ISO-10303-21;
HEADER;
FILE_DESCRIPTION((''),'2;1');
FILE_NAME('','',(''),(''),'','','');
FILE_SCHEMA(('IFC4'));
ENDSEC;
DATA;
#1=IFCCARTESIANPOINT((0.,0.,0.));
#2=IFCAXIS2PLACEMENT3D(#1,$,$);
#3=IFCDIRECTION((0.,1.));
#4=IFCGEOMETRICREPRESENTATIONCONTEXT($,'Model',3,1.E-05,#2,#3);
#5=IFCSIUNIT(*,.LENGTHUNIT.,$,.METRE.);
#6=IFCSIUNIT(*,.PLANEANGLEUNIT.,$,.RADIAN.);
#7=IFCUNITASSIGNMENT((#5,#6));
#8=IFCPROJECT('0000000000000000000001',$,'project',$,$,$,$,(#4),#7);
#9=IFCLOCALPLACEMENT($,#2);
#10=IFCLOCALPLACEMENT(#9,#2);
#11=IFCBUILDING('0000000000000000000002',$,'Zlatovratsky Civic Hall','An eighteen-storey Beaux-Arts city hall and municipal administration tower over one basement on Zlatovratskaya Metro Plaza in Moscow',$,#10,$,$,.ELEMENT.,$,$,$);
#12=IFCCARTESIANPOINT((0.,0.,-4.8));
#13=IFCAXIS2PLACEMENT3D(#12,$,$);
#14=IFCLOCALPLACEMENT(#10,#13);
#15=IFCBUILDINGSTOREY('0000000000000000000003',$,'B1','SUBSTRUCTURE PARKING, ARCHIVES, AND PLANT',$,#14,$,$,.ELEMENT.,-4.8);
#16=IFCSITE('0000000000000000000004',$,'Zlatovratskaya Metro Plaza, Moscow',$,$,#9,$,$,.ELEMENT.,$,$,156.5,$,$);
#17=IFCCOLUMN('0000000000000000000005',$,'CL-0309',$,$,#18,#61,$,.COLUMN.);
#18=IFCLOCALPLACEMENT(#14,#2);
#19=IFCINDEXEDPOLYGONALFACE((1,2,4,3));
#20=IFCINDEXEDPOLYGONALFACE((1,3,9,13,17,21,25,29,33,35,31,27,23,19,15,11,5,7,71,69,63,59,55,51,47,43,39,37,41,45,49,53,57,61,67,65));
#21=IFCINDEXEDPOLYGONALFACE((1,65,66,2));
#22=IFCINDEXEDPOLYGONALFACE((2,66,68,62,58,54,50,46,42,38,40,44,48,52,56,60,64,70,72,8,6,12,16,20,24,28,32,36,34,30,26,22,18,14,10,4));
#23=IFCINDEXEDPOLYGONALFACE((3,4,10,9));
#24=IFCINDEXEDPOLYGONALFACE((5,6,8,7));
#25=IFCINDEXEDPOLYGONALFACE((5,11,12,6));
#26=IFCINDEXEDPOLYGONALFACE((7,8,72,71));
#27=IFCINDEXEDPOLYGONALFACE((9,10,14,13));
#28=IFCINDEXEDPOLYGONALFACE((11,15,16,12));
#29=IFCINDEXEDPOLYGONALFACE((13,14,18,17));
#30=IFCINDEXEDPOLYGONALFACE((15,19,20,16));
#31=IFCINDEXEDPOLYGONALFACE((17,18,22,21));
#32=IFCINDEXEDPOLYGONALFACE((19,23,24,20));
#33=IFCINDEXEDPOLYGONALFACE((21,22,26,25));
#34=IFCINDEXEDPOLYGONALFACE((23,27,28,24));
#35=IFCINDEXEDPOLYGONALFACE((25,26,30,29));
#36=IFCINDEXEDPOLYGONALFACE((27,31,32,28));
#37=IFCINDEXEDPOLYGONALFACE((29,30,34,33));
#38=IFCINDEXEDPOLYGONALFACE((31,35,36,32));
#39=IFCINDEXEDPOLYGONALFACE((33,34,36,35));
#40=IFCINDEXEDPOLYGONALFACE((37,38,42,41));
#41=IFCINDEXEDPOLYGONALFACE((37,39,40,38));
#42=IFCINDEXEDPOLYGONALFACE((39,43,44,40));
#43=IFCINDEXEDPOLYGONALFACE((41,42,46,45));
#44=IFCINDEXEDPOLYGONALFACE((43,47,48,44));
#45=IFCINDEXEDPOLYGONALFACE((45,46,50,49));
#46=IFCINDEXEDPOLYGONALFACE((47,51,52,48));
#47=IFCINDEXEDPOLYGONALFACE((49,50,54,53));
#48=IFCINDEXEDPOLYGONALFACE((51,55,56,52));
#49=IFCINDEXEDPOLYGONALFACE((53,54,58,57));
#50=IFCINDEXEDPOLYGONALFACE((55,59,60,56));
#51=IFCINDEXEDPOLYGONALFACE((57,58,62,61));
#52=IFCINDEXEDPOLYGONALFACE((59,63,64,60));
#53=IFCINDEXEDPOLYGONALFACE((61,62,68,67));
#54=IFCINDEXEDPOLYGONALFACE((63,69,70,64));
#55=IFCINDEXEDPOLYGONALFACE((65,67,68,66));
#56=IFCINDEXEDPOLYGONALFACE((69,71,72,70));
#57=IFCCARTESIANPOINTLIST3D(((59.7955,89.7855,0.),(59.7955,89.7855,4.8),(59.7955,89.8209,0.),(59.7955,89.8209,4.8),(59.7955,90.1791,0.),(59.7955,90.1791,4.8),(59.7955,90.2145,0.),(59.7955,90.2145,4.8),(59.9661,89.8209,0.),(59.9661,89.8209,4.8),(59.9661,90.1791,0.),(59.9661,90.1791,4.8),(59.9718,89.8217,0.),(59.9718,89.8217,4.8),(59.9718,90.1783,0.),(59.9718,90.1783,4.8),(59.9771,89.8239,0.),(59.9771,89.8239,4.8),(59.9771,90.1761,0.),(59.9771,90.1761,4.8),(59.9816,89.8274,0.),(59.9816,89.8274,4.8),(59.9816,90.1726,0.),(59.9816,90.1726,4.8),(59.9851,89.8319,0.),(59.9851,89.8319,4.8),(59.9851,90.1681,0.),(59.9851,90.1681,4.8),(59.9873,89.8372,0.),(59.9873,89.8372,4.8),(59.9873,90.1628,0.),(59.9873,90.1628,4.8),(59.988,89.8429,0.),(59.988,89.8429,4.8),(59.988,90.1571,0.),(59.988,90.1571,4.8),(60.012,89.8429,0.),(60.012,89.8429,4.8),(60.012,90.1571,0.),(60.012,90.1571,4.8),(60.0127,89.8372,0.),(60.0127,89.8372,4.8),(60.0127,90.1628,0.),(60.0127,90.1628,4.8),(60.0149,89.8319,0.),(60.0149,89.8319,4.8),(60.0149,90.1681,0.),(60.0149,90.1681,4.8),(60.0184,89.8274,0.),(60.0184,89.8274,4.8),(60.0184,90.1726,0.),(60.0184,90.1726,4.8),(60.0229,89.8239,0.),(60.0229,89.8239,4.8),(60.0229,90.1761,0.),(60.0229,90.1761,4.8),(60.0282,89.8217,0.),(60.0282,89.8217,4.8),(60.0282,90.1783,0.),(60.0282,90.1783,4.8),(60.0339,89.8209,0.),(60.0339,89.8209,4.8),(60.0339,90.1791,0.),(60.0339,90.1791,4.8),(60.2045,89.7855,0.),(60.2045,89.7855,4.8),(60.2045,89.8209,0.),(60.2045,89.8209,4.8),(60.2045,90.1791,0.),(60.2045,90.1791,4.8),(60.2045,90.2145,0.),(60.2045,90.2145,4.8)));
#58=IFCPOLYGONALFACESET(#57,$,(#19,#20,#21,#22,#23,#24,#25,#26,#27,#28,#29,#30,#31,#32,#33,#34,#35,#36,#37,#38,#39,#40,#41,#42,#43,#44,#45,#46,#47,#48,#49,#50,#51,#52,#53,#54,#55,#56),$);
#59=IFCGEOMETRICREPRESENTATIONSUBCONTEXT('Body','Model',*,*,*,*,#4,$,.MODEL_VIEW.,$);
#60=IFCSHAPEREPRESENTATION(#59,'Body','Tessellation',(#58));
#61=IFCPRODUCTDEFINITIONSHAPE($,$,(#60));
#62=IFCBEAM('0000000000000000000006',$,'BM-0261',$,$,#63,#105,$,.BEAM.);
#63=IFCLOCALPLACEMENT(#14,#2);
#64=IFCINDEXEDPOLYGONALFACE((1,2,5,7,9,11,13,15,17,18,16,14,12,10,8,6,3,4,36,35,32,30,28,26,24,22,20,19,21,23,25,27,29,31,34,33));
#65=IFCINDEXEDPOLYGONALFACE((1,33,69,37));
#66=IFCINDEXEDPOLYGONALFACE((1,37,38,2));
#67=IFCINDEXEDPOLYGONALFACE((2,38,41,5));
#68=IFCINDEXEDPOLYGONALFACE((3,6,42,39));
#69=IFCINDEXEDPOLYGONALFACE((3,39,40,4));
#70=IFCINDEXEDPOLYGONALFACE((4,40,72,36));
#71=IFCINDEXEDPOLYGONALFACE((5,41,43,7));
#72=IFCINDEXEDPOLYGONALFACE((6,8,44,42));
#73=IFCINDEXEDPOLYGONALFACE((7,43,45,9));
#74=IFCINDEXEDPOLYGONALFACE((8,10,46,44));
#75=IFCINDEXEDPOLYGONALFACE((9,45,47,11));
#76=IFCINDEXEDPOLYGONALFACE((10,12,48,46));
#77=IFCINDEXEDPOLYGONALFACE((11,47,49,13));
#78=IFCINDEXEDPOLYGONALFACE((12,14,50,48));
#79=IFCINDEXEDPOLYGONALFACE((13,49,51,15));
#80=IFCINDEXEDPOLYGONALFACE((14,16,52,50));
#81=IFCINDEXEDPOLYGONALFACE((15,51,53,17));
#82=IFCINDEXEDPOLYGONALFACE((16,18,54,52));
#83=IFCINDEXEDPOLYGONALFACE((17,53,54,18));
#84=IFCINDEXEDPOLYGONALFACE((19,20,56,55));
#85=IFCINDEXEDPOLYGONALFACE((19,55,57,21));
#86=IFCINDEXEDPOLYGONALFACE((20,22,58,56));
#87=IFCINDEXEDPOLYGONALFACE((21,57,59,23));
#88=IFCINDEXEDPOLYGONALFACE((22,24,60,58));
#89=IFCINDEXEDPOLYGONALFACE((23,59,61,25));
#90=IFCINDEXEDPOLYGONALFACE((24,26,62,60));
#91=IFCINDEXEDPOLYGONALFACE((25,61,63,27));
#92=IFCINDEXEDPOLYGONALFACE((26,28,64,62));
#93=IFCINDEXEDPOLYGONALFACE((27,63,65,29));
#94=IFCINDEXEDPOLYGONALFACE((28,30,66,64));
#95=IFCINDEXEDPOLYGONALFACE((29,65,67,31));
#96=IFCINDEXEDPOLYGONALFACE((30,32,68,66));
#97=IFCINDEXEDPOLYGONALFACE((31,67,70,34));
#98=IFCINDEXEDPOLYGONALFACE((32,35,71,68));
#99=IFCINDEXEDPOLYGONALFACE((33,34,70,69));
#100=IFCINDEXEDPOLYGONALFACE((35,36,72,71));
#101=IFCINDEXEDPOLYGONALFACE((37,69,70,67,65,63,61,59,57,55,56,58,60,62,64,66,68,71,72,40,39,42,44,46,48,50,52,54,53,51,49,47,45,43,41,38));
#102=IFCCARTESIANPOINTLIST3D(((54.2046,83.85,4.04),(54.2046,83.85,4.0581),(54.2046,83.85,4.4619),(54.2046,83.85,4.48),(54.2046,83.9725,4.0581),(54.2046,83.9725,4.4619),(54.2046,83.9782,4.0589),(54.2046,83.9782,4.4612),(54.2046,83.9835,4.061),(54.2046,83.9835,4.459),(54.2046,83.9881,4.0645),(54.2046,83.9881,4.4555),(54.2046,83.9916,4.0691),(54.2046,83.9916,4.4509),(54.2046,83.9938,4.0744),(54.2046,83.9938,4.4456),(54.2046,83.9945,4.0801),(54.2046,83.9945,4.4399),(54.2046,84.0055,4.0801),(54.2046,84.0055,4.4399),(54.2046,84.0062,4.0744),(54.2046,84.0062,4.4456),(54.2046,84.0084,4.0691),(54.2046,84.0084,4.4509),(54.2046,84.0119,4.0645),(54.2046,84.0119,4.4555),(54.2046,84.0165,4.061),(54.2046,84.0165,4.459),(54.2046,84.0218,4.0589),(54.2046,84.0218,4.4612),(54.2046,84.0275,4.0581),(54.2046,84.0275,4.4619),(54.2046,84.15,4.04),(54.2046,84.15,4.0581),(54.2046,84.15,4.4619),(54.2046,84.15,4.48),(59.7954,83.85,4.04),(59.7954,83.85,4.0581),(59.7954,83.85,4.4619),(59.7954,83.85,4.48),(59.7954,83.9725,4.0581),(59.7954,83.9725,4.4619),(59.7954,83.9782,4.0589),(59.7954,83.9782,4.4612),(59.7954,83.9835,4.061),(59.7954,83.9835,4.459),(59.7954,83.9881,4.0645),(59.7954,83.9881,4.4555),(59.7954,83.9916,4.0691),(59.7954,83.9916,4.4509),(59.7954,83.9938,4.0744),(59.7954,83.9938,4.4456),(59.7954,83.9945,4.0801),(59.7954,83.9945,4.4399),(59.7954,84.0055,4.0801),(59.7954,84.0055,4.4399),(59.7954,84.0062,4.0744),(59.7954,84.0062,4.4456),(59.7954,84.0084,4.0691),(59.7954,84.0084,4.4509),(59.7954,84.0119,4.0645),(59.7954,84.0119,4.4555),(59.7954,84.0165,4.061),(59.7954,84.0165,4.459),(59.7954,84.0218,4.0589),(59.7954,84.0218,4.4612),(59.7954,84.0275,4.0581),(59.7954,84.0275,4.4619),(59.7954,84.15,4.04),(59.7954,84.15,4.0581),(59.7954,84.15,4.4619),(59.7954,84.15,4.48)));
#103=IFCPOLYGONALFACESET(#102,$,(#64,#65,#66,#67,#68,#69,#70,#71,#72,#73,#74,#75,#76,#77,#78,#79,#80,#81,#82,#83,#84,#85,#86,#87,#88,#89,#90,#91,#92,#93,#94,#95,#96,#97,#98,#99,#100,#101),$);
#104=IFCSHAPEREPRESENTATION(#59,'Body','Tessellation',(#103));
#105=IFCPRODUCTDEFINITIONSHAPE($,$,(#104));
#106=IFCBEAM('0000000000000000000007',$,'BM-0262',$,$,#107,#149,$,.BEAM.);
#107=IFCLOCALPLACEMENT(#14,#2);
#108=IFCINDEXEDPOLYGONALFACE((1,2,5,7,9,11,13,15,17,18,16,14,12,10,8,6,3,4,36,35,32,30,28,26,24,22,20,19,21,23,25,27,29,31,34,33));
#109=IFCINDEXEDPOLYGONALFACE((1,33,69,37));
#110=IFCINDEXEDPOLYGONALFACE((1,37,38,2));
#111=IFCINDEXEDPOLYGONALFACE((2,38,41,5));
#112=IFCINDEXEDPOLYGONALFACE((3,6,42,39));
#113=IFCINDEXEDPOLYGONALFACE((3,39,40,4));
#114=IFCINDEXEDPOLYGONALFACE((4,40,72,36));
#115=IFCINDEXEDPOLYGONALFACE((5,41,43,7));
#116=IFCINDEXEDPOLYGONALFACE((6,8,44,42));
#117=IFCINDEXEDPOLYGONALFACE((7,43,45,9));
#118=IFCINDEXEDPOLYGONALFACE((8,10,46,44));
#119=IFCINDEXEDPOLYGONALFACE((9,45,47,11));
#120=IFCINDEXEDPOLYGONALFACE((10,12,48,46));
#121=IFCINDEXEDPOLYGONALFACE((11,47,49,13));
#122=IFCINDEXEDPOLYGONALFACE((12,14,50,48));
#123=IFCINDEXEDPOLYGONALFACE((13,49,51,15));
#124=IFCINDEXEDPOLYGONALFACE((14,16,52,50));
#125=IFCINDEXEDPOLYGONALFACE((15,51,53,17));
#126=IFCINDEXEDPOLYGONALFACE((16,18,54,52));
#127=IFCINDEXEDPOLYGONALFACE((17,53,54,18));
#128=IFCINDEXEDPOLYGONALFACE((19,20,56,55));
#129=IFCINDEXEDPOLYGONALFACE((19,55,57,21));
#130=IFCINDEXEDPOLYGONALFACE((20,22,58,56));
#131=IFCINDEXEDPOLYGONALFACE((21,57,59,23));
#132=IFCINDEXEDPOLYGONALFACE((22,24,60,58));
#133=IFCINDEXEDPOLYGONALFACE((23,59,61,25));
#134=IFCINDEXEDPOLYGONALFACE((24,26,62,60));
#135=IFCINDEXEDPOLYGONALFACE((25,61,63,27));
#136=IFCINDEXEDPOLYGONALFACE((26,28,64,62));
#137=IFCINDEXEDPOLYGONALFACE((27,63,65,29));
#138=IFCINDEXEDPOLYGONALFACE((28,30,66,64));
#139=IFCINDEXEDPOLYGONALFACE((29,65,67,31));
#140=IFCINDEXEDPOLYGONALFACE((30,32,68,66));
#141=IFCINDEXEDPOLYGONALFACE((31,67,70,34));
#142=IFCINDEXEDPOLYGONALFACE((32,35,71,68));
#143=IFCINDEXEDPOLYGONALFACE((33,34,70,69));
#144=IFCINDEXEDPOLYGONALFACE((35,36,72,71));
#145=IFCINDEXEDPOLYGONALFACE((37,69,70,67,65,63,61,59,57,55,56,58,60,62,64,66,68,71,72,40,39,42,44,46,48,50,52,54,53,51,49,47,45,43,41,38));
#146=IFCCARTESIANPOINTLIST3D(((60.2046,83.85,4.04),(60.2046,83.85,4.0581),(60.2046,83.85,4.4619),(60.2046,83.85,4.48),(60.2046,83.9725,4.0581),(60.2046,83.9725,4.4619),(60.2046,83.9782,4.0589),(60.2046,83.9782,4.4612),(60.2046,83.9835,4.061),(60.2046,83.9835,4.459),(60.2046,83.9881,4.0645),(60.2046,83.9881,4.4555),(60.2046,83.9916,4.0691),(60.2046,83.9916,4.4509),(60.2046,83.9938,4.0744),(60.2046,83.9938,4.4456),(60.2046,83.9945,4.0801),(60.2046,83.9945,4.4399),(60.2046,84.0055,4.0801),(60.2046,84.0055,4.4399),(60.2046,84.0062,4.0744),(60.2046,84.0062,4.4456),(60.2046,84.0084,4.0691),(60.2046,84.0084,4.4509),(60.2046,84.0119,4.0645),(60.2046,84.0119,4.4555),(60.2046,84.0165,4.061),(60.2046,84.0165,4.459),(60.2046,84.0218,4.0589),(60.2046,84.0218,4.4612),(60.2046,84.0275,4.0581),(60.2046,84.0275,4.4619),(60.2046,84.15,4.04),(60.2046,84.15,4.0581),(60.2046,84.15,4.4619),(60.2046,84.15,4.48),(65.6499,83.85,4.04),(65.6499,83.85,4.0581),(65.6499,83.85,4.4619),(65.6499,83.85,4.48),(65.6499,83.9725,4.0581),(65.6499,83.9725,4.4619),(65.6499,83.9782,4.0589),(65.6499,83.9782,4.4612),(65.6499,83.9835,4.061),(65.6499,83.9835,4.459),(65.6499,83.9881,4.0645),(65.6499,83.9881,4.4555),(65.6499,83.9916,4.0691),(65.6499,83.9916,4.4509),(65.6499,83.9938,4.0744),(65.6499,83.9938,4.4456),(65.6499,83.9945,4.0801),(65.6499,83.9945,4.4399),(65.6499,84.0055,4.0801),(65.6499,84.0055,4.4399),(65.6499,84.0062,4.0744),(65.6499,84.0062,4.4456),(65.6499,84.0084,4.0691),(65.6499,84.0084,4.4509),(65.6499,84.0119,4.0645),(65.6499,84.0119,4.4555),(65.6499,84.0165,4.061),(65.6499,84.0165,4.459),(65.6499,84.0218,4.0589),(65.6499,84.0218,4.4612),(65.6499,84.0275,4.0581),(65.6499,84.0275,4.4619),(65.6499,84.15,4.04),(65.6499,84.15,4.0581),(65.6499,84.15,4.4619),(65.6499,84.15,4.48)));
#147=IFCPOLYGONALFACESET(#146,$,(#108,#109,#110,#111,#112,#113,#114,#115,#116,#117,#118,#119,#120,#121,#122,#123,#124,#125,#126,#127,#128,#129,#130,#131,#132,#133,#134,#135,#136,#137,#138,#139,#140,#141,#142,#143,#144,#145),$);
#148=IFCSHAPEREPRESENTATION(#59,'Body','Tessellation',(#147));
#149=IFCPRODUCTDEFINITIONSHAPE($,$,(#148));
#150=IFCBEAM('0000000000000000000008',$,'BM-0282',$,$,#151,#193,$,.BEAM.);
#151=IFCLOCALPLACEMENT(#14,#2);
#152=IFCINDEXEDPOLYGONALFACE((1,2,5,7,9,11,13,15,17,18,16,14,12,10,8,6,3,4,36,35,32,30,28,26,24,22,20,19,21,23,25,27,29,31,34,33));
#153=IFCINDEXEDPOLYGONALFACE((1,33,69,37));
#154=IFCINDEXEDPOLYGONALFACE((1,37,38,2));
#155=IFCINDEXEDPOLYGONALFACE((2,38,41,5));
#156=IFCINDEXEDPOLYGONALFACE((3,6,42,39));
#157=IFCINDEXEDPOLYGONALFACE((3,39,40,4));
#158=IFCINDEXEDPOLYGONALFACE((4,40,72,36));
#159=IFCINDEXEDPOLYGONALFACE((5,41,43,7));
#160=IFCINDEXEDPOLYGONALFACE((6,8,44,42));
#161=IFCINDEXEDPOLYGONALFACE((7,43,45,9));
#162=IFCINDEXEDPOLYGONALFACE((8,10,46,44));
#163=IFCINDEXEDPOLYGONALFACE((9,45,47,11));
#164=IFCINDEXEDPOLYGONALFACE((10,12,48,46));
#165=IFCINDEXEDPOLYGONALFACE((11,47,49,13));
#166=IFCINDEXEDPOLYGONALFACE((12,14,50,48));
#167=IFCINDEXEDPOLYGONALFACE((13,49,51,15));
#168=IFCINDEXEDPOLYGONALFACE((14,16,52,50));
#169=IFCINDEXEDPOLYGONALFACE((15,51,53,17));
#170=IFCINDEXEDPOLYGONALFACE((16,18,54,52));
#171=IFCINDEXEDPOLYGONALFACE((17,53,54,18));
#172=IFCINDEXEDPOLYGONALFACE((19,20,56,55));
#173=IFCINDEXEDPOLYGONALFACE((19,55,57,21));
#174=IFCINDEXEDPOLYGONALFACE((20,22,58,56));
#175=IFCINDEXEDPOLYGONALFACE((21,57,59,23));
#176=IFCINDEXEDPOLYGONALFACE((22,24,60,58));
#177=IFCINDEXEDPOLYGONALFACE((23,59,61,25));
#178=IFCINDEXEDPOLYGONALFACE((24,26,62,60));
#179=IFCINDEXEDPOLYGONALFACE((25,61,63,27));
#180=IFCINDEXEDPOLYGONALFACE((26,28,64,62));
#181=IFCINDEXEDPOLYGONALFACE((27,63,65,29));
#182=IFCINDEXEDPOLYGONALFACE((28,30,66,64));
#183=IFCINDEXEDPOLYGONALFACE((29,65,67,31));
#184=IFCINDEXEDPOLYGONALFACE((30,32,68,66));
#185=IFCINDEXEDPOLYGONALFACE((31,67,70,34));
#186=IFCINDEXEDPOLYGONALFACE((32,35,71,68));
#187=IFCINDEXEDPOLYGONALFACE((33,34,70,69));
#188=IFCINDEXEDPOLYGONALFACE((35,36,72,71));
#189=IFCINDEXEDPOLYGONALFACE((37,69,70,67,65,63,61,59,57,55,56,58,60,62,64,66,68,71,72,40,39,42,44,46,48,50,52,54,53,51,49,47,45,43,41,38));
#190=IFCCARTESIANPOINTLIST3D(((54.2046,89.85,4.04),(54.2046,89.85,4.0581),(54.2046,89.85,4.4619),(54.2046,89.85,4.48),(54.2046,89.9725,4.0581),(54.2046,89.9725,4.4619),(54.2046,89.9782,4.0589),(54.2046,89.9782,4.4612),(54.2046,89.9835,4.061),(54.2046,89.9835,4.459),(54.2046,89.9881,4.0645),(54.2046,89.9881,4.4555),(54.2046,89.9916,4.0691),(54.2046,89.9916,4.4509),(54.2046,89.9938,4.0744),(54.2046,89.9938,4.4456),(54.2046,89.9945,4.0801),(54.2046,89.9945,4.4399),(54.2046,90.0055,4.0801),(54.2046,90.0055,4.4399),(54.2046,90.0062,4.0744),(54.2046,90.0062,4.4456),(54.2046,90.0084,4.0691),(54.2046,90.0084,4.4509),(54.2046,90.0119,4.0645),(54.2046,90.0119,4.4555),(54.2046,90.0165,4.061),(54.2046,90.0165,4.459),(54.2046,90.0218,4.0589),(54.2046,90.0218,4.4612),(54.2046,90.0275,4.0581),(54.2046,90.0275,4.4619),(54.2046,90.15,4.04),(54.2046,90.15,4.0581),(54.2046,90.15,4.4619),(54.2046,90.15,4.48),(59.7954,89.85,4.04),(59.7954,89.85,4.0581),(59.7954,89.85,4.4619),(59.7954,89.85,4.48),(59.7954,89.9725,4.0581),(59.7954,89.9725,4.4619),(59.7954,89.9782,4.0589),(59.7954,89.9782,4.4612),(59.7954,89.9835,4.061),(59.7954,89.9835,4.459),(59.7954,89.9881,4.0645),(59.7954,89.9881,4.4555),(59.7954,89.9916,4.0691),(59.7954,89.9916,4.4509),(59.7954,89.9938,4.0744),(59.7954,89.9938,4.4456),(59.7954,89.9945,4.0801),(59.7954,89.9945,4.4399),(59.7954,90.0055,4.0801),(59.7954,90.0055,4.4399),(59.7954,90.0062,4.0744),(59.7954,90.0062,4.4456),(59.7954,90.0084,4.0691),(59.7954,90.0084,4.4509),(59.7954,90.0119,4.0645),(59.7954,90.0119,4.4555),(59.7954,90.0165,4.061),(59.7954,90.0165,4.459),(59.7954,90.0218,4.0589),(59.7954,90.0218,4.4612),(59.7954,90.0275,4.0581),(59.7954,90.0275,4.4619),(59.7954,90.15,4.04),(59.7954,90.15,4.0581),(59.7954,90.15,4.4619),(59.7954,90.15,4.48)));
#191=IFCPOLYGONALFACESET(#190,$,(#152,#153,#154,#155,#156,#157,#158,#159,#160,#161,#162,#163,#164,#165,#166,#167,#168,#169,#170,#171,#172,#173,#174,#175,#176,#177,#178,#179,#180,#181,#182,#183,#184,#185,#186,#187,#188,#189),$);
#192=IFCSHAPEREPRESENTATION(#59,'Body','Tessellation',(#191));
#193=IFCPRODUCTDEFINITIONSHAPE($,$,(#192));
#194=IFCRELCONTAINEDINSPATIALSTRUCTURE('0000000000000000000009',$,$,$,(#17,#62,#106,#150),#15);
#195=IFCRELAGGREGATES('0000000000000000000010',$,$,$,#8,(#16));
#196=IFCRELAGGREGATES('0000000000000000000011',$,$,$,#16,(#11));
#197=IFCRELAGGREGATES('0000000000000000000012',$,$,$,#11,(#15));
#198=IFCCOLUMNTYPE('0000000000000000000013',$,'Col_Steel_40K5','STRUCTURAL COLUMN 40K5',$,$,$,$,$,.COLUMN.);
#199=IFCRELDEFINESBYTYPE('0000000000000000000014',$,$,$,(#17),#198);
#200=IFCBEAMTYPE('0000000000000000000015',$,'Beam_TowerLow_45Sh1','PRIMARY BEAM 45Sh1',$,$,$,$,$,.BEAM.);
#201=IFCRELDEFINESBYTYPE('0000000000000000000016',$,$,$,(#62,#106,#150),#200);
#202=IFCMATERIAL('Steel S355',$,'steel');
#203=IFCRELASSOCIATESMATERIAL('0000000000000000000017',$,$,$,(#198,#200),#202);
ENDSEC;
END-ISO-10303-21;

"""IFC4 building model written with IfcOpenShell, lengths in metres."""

from ifc_helpers import new_model, si_unit, direction, frame, origin, origin_2d, place, context, subcontext, project, spatial, i_section, extrude, material, material_profile, profile_set, type_object, element, save


model = new_model("IFC4")

# Units and contexts
model_context = context("Model", 3, precision=1e-05, world=origin(), true_north=direction((0.0, 1.0)))
body_context = subcontext(model_context, "Body", "Model", "MODEL_VIEW")
ifc_project = project(units=[si_unit("LENGTHUNIT", "METRE"), si_unit("PLANEANGLEUNIT", "RADIAN")], contexts=[model_context])

# Site, building, storey
site_placement = place(None, origin())
site = spatial("IfcSite", under=ifc_project, at=site_placement, Name="Zlatovratskaya Metro Plaza, Moscow", CompositionType="ELEMENT", RefElevation=156.5)
building_placement = place(site_placement, origin())
building = spatial("IfcBuilding", under=site, at=building_placement, Name="Zlatovratsky Civic Hall", Description="An eighteen-storey Beaux-Arts city hall and municipal administration tower over one basement on Zlatovratskaya Metro Plaza in Moscow", CompositionType="ELEMENT")
storey_placement = place(building_placement, frame((0.0, 0.0, -4.8)))
storey = spatial("IfcBuildingStorey", under=building, at=storey_placement, Name="B1", Description="SUBSTRUCTURE PARKING, ARCHIVES, AND PLANT", CompositionType="ELEMENT", Elevation=-4.8)

# Column
ifc_material_1 = material(Name="Steel S355", Category="steel")
ifc_material_profile_1 = material_profile(ifc_material_1, i_section(OverallWidth=0.4089, OverallDepth=0.429, WebThickness=0.0239, FlangeThickness=0.0354, FilletRadius=0.022, at=origin_2d()), Name="40K5")
ifc_profile_set_1 = profile_set([ifc_material_profile_1], Name="Steel S355")
column_type = type_object("IfcColumnType", Name="Col_Steel_40K5", Description="STRUCTURAL COLUMN 40K5", PredefinedType="COLUMN", material=ifc_profile_set_1)
for number, where, z_axis, x_axis, name in (
    (1, (60.0, 90.0, 0.0), (0.0, 0.0, 1.0), (1.0, 0.0, 0.0), "CL-0309"),
):
    element("IfcColumn", number, at=place(storey_placement, frame(where, z_axis=z_axis, x_axis=x_axis)), inside=storey, type_object=column_type, Name=name, PredefinedType="COLUMN", context=body_context, shape_type="SweptSolid", body=[
        extrude(i_section(OverallWidth=0.4089, OverallDepth=0.429, WebThickness=0.0239, FlangeThickness=0.0354, FilletRadius=0.022, at=origin_2d()), origin(), (0.0, 0.0, 1.0), 4.8),
    ])

# Beams
ifc_material_profile_2 = material_profile(ifc_material_1, i_section(OverallWidth=0.3, OverallDepth=0.4399, WebThickness=0.011, FlangeThickness=0.0181, FilletRadius=0.022, at=origin_2d()), Name="45Sh1")
ifc_profile_set_2 = profile_set([ifc_material_profile_2], Name="Steel S355")
beam_type = type_object("IfcBeamType", Name="Beam_TowerLow_45Sh1", Description="PRIMARY BEAM 45Sh1", PredefinedType="BEAM", material=ifc_profile_set_2)
beam_1_placement = place(storey_placement, frame((54.2046, 84.0, 4.26), z_axis=(1.0, 0.0, 0.0), x_axis=(0.0, 1.0, 0.0)))
element("IfcBeam", 2, at=beam_1_placement, inside=storey, type_object=beam_type, Name="BM-0261", PredefinedType="BEAM", context=body_context, shape_type="SweptSolid", body=[
    extrude(i_section(OverallWidth=0.3, OverallDepth=0.4399, WebThickness=0.011, FlangeThickness=0.0181, FilletRadius=0.022, at=origin_2d()), origin(), (0.0, 0.0, 1.0), 5.5908),
])
beam_2_placement = place(storey_placement, frame((60.2046, 84.0, 4.26), z_axis=(1.0, 0.0, 0.0), x_axis=(0.0, 1.0, 0.0)))
element("IfcBeam", 3, at=beam_2_placement, inside=storey, type_object=beam_type, Name="BM-0262", PredefinedType="BEAM", context=body_context, shape_type="SweptSolid", body=[
    extrude(i_section(OverallWidth=0.3, OverallDepth=0.4399, WebThickness=0.011, FlangeThickness=0.0181, FilletRadius=0.022, at=origin_2d()), origin(), (0.0, 0.0, 1.0), 5.4453),
])
beam_3_placement = place(storey_placement, frame((54.2046, 90.0, 4.26), z_axis=(1.0, 0.0, 0.0), x_axis=(0.0, 1.0, 0.0)))
element("IfcBeam", 4, at=beam_3_placement, inside=storey, type_object=beam_type, Name="BM-0282", PredefinedType="BEAM", context=body_context, shape_type="SweptSolid", body=[
    extrude(i_section(OverallWidth=0.3, OverallDepth=0.4399, WebThickness=0.011, FlangeThickness=0.0181, FilletRadius=0.022, at=origin_2d()), origin(), (0.0, 0.0, 1.0), 5.5908),
])

save(model, "model.ifc")
